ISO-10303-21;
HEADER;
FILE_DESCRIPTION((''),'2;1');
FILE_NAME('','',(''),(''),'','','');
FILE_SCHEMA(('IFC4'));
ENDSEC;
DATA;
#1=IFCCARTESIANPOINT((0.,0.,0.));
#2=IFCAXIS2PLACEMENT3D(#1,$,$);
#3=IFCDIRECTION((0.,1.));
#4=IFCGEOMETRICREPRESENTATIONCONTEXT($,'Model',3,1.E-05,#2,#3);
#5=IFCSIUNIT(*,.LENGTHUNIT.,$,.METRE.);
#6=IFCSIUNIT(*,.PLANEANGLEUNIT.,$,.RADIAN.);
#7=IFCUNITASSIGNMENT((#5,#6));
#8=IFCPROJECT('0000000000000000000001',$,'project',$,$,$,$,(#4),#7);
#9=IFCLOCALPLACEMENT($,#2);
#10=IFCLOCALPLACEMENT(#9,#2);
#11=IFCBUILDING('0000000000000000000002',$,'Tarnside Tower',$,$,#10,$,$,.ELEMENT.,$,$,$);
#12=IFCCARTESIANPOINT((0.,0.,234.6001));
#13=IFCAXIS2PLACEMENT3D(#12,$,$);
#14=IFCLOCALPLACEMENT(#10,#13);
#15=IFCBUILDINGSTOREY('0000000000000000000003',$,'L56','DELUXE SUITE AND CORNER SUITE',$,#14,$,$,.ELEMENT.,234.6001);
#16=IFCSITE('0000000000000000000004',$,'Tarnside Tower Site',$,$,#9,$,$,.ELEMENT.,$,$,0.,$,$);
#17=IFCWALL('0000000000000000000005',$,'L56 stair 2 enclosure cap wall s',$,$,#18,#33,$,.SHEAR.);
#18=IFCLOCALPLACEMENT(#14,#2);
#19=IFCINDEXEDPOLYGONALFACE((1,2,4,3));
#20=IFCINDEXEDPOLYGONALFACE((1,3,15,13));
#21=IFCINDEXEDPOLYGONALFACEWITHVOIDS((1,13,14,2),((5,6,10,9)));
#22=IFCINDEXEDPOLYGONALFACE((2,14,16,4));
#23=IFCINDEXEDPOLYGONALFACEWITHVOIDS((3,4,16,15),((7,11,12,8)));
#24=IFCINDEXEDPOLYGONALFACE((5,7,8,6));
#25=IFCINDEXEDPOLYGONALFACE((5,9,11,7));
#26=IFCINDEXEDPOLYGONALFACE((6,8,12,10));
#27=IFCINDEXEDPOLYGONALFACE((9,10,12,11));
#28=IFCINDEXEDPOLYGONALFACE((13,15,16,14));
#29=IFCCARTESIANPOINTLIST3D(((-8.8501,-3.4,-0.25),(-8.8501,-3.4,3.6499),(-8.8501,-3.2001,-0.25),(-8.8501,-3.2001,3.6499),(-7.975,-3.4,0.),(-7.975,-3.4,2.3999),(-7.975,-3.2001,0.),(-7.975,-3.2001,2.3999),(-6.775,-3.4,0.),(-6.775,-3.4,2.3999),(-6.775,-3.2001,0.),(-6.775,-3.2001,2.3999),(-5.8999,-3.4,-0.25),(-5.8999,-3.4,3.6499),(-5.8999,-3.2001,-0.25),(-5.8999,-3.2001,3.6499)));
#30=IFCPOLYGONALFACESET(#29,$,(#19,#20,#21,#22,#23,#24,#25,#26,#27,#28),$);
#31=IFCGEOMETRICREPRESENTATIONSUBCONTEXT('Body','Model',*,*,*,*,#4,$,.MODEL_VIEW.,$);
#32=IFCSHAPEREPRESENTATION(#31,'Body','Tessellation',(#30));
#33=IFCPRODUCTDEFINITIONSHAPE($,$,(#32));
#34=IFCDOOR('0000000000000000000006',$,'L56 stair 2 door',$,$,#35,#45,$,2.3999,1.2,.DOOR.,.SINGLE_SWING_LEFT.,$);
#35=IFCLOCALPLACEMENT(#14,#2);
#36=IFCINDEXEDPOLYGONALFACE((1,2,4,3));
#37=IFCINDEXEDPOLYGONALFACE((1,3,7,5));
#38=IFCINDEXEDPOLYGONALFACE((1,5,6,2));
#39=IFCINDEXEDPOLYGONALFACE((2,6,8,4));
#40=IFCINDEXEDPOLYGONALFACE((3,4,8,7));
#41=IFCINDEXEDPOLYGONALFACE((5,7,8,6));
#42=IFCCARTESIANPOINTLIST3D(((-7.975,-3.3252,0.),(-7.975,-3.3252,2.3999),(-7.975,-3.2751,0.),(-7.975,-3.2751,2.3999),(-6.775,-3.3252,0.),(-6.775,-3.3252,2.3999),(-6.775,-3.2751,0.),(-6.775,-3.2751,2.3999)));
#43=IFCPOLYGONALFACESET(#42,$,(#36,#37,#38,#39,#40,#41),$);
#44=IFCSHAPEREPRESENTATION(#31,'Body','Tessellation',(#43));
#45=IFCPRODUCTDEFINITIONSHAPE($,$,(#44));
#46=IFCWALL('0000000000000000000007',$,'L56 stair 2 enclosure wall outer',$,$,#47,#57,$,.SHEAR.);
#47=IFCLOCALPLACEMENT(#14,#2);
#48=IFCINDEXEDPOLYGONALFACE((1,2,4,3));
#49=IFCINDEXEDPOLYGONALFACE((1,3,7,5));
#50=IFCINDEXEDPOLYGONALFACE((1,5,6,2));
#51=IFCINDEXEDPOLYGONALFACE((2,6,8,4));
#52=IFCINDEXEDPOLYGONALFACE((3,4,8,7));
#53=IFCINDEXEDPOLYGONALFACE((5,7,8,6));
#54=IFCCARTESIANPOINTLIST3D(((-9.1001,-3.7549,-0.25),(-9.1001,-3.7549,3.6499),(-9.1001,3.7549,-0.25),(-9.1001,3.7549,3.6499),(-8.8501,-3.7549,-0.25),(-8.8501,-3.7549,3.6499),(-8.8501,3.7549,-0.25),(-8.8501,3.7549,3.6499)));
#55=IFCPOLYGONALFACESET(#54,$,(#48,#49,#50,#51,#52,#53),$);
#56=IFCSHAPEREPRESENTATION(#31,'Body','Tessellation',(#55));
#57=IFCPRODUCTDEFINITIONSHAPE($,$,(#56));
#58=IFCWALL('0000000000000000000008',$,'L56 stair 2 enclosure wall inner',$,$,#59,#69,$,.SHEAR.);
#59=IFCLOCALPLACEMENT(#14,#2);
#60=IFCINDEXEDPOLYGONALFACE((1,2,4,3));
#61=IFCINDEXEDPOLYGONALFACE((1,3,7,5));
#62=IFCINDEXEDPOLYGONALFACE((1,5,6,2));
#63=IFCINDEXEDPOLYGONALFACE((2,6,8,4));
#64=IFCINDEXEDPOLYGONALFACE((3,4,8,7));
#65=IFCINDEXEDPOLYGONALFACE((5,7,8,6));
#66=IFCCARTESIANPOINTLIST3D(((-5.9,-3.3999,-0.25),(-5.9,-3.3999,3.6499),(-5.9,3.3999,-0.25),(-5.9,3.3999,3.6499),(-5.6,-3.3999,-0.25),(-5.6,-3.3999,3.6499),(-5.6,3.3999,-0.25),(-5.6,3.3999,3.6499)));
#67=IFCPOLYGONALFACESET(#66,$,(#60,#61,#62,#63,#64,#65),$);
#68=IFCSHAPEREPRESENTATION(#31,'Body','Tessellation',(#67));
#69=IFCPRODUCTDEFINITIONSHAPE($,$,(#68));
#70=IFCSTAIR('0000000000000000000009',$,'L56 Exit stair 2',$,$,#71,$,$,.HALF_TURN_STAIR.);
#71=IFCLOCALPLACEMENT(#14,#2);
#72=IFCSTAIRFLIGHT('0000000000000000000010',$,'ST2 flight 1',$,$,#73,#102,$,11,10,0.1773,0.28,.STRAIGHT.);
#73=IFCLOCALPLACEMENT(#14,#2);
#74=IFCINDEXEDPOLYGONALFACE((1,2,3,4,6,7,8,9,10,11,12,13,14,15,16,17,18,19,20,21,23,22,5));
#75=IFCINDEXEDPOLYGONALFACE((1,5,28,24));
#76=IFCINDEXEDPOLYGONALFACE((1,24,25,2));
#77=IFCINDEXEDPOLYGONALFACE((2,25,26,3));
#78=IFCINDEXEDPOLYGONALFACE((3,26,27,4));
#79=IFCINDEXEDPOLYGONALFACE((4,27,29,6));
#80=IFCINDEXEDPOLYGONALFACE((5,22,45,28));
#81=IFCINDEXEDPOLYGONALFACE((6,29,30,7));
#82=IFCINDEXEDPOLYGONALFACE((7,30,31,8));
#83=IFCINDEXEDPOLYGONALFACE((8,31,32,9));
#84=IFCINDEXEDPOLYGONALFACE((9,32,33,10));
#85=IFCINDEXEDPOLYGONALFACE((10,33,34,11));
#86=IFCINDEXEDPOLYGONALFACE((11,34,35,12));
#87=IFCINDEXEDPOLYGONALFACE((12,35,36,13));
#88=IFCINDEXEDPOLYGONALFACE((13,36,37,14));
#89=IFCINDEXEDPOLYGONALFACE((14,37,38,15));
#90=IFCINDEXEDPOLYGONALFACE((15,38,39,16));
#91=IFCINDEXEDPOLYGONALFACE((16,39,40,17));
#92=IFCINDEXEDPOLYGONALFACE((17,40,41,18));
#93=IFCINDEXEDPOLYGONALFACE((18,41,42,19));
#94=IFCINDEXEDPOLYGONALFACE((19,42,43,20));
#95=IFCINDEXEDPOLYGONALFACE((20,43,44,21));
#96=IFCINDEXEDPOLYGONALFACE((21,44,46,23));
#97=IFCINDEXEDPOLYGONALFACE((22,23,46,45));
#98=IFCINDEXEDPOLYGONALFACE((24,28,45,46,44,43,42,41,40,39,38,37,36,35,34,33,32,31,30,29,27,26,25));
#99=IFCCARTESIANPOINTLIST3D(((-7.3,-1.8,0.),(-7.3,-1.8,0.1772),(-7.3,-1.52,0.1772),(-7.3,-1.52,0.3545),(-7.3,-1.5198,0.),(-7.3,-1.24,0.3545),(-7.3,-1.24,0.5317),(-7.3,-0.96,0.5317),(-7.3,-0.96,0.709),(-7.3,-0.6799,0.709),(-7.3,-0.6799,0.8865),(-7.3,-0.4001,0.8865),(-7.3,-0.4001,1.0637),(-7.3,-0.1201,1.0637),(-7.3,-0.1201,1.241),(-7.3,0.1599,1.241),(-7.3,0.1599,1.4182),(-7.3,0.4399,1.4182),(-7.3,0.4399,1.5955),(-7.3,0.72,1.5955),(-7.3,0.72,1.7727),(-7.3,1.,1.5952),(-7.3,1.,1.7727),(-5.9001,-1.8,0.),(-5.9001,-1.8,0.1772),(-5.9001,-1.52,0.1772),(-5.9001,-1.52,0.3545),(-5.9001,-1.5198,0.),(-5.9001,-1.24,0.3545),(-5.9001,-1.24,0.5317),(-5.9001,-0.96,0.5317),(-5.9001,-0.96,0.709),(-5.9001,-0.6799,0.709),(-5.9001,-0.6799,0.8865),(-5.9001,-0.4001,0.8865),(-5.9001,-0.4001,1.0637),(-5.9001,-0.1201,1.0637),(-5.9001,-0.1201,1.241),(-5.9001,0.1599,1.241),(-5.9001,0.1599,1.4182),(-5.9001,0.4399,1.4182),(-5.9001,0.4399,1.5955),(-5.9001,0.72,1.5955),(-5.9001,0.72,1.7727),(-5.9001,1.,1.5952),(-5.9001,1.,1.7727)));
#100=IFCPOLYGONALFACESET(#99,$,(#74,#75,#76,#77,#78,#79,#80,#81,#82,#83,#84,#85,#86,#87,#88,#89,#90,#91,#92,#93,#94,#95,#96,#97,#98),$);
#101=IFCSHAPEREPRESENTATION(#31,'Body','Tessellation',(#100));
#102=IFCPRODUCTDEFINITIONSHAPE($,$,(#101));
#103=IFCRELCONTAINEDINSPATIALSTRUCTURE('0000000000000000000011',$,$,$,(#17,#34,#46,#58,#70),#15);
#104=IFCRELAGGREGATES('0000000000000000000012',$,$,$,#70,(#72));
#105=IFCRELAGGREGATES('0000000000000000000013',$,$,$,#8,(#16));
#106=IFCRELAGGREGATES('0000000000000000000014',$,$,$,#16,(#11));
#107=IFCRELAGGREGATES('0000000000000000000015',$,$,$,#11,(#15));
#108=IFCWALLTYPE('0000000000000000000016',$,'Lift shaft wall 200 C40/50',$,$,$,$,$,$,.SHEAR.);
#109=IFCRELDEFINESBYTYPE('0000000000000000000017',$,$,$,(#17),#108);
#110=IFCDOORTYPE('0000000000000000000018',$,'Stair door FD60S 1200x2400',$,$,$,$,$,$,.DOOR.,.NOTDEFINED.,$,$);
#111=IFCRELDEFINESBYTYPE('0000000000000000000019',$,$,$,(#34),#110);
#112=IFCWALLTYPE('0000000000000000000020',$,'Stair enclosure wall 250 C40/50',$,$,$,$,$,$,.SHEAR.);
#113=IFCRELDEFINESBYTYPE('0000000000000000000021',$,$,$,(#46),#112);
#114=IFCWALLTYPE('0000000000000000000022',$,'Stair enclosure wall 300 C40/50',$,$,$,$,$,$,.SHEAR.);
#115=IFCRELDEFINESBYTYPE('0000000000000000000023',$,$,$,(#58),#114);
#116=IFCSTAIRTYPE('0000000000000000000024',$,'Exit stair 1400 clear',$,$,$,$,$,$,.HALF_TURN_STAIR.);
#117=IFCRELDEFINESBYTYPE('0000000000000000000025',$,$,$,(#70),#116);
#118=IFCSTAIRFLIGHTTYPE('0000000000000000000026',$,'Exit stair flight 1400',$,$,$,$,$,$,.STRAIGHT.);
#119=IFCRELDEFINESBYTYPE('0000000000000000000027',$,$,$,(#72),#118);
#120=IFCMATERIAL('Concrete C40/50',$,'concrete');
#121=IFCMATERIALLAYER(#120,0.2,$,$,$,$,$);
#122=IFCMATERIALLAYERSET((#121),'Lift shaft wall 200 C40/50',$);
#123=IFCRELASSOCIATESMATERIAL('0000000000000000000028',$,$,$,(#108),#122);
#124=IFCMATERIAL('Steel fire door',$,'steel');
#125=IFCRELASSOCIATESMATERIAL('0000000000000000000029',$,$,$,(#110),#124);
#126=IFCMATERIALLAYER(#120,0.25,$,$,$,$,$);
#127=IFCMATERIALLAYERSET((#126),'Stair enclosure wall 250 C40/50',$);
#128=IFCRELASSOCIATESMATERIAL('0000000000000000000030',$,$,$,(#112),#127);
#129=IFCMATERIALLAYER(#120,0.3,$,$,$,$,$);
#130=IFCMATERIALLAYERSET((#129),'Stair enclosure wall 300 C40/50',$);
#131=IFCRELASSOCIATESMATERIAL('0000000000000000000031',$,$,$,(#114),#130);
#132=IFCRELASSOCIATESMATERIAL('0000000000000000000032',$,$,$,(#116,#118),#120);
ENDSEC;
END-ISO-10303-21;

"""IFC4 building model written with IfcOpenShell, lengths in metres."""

from ifc_helpers import new_model, si_unit, direction, frame, frame_2d, origin, place, context, subcontext, project, spatial, polyline, rectangle, outline, extrude, material, layer, layer_set, type_object, element, fill, aggregate, save


model = new_model("IFC4")

# Units and contexts
model_context = context("Model", 3, precision=1e-05, world=origin(), true_north=direction((0.0, 1.0)))
body_context = subcontext(model_context, "Body", "Model", "MODEL_VIEW")
ifc_project = project(units=[si_unit("LENGTHUNIT", "METRE"), si_unit("PLANEANGLEUNIT", "RADIAN")], contexts=[model_context])

# Site, building, storey
site_placement = place(None, origin())
site = spatial("IfcSite", under=ifc_project, at=site_placement, Name="Tarnside Tower Site", CompositionType="ELEMENT", RefElevation=0.0)
building_placement = place(site_placement, origin())
building = spatial("IfcBuilding", under=site, at=building_placement, Name="Tarnside Tower", CompositionType="ELEMENT")
storey_placement = place(building_placement, frame((0.0, 0.0, 234.6001)))
storey = spatial("IfcBuildingStorey", under=building, at=storey_placement, Name="L56", Description="DELUXE SUITE AND CORNER SUITE", CompositionType="ELEMENT", Elevation=234.6001)

# Shared definitions
ifc_material_1 = material(Name="Concrete C40/50", Category="concrete")
ifc_material_2 = material(Name="Steel fire door", Category="steel")

# Shared definitions
ifc_layer_1 = layer(ifc_material_1, 0.2)
ifc_layer_set_1 = layer_set([ifc_layer_1], Name="Lift shaft wall 200 C40/50")
wall_type_1 = type_object("IfcWallType", Name="Lift shaft wall 200 C40/50", PredefinedType="SHEAR", material=ifc_layer_set_1)

# Wall, opening, door
wall_1_placement = place(storey_placement, frame((-8.8501, -3.3, -0.25), z_axis=(0.0, 0.0, 1.0), x_axis=(1.0, 0.0, 0.0)))
wall_1 = element("IfcWall", 1, at=wall_1_placement, inside=storey, type_object=wall_type_1, Name="L56 stair 2 enclosure cap wall s", PredefinedType="SHEAR", context=body_context, shape_type="SweptSolid", body=[
    extrude(rectangle(XDim=2.9502, YDim=0.2, at=frame_2d((1.4751, 0.0))), origin(), (0.0, 0.0, 1.0), 3.8999),
])
opening_1_placement = place(wall_1_placement, frame((0.875, 0.0, 0.25)))
opening_1 = element("IfcOpeningElement", 2, at=opening_1_placement, cuts=wall_1, PredefinedType="OPENING", context=body_context, shape_type="SweptSolid", body=[
    extrude(rectangle(XDim=1.2, YDim=2.3999, at=frame_2d((0.6001, 1.2))), frame((0.0, 0.1099, 0.0), z_axis=(0.0, -1.0, 0.0), x_axis=(1.0, 0.0, 0.0)), (0.0, 0.0, 1.0), 0.22),
])
door_type_1 = type_object("IfcDoorType", Name="Stair door FD60S 1200x2400", OperationType="NOTDEFINED", PredefinedType="DOOR", material=ifc_material_2)
door_1_placement = place(opening_1_placement, origin())
door_1 = element("IfcDoor", 3, at=door_1_placement, inside=storey, type_object=door_type_1, Name="L56 stair 2 door", OperationType="SINGLE_SWING_LEFT", OverallHeight=2.3999, OverallWidth=1.2, PredefinedType="DOOR", context=body_context, shape_type="SweptSolid", body=[
    extrude(rectangle(XDim=1.2, YDim=2.3999, at=frame_2d((0.6001, 1.2))), frame((0.0, 0.0249, 0.0), z_axis=(0.0, -1.0, 0.0), x_axis=(1.0, 0.0, 0.0)), (0.0, 0.0, 1.0), 0.05),
])
fill(opening_1, door_1)

# Walls
ifc_layer_2 = layer(ifc_material_1, 0.25)
ifc_layer_set_2 = layer_set([ifc_layer_2], Name="Stair enclosure wall 250 C40/50")
wall_type_2 = type_object("IfcWallType", Name="Stair enclosure wall 250 C40/50", PredefinedType="SHEAR", material=ifc_layer_set_2)
wall_2_placement = place(storey_placement, frame((-8.9751, -3.7549, -0.25), z_axis=(0.0, 0.0, 1.0), x_axis=(0.0, 1.0, 0.0)))
element("IfcWall", 4, at=wall_2_placement, inside=storey, type_object=wall_type_2, Name="L56 stair 2 enclosure wall outer", PredefinedType="SHEAR", context=body_context, shape_type="SweptSolid", body=[
    extrude(rectangle(XDim=7.5098, YDim=0.25, at=frame_2d((3.7549, 0.0))), origin(), (0.0, 0.0, 1.0), 3.8999),
])
ifc_layer_3 = layer(ifc_material_1, 0.3)
ifc_layer_set_3 = layer_set([ifc_layer_3], Name="Stair enclosure wall 300 C40/50")
wall_type_3 = type_object("IfcWallType", Name="Stair enclosure wall 300 C40/50", PredefinedType="SHEAR", material=ifc_layer_set_3)
wall_3_placement = place(storey_placement, frame((-5.75, -3.3999, -0.25), z_axis=(0.0, 0.0, 1.0), x_axis=(0.0, 1.0, 0.0)))
element("IfcWall", 5, at=wall_3_placement, inside=storey, type_object=wall_type_3, Name="L56 stair 2 enclosure wall inner", PredefinedType="SHEAR", context=body_context, shape_type="SweptSolid", body=[
    extrude(rectangle(XDim=6.7998, YDim=0.3, at=frame_2d((3.3999, 0.0))), origin(), (0.0, 0.0, 1.0), 3.8999),
])

# Stair, stair flight
stair_type = type_object("IfcStairType", Name="Exit stair 1400 clear", PredefinedType="HALF_TURN_STAIR", material=ifc_material_1)
stair_placement = place(storey_placement, origin())
stair = element("IfcStair", 6, at=stair_placement, inside=storey, type_object=stair_type, Name="L56 Exit stair 2", PredefinedType="HALF_TURN_STAIR")
stair_flight_type = type_object("IfcStairFlightType", Name="Exit stair flight 1400", PredefinedType="STRAIGHT", material=ifc_material_1)
stair_flight_placement = place(storey_placement, frame((-6.6001, -1.8, 0.0), z_axis=(0.0, 0.0, 1.0), x_axis=(0.0, 1.0, 0.0)))
stair_flight = element("IfcStairFlight", 7, at=stair_flight_placement, type_object=stair_flight_type, Name="ST2 flight 1", NumberOfRisers=11, NumberOfTreads=10, PredefinedType="STRAIGHT", RiserHeight=0.1773, TreadLength=0.28, context=body_context, shape_type="SweptSolid", body=[
    extrude(outline(polyline([(0.0, 0.0), (0.0, 0.1772), (0.28, 0.1772), (0.28, 0.3545), (0.5601, 0.3545), (0.5601, 0.5317), (0.8401, 0.5317), (0.8401, 0.709), (1.1201, 0.709), (1.1201, 0.8865), (1.3999, 0.8865), (1.3999, 1.0637), (1.6799, 1.0637), (1.6799, 1.241), (1.96, 1.241), (1.96, 1.4182), (2.24, 1.4182), (2.24, 1.5955), (2.52, 1.5955), (2.52, 1.7727), (2.8, 1.7727), (2.8, 1.95), (2.8, 1.5952), (0.2803, 0.0), (0.0, 0.0)])), frame((0.0, 0.7, 0.0), z_axis=(0.0, -1.0, 0.0), x_axis=(1.0, 0.0, 0.0)), (0.0, 0.0, 1.0), 1.3999),
])
aggregate(stair, [stair_flight])

save(model, "model.ifc")
